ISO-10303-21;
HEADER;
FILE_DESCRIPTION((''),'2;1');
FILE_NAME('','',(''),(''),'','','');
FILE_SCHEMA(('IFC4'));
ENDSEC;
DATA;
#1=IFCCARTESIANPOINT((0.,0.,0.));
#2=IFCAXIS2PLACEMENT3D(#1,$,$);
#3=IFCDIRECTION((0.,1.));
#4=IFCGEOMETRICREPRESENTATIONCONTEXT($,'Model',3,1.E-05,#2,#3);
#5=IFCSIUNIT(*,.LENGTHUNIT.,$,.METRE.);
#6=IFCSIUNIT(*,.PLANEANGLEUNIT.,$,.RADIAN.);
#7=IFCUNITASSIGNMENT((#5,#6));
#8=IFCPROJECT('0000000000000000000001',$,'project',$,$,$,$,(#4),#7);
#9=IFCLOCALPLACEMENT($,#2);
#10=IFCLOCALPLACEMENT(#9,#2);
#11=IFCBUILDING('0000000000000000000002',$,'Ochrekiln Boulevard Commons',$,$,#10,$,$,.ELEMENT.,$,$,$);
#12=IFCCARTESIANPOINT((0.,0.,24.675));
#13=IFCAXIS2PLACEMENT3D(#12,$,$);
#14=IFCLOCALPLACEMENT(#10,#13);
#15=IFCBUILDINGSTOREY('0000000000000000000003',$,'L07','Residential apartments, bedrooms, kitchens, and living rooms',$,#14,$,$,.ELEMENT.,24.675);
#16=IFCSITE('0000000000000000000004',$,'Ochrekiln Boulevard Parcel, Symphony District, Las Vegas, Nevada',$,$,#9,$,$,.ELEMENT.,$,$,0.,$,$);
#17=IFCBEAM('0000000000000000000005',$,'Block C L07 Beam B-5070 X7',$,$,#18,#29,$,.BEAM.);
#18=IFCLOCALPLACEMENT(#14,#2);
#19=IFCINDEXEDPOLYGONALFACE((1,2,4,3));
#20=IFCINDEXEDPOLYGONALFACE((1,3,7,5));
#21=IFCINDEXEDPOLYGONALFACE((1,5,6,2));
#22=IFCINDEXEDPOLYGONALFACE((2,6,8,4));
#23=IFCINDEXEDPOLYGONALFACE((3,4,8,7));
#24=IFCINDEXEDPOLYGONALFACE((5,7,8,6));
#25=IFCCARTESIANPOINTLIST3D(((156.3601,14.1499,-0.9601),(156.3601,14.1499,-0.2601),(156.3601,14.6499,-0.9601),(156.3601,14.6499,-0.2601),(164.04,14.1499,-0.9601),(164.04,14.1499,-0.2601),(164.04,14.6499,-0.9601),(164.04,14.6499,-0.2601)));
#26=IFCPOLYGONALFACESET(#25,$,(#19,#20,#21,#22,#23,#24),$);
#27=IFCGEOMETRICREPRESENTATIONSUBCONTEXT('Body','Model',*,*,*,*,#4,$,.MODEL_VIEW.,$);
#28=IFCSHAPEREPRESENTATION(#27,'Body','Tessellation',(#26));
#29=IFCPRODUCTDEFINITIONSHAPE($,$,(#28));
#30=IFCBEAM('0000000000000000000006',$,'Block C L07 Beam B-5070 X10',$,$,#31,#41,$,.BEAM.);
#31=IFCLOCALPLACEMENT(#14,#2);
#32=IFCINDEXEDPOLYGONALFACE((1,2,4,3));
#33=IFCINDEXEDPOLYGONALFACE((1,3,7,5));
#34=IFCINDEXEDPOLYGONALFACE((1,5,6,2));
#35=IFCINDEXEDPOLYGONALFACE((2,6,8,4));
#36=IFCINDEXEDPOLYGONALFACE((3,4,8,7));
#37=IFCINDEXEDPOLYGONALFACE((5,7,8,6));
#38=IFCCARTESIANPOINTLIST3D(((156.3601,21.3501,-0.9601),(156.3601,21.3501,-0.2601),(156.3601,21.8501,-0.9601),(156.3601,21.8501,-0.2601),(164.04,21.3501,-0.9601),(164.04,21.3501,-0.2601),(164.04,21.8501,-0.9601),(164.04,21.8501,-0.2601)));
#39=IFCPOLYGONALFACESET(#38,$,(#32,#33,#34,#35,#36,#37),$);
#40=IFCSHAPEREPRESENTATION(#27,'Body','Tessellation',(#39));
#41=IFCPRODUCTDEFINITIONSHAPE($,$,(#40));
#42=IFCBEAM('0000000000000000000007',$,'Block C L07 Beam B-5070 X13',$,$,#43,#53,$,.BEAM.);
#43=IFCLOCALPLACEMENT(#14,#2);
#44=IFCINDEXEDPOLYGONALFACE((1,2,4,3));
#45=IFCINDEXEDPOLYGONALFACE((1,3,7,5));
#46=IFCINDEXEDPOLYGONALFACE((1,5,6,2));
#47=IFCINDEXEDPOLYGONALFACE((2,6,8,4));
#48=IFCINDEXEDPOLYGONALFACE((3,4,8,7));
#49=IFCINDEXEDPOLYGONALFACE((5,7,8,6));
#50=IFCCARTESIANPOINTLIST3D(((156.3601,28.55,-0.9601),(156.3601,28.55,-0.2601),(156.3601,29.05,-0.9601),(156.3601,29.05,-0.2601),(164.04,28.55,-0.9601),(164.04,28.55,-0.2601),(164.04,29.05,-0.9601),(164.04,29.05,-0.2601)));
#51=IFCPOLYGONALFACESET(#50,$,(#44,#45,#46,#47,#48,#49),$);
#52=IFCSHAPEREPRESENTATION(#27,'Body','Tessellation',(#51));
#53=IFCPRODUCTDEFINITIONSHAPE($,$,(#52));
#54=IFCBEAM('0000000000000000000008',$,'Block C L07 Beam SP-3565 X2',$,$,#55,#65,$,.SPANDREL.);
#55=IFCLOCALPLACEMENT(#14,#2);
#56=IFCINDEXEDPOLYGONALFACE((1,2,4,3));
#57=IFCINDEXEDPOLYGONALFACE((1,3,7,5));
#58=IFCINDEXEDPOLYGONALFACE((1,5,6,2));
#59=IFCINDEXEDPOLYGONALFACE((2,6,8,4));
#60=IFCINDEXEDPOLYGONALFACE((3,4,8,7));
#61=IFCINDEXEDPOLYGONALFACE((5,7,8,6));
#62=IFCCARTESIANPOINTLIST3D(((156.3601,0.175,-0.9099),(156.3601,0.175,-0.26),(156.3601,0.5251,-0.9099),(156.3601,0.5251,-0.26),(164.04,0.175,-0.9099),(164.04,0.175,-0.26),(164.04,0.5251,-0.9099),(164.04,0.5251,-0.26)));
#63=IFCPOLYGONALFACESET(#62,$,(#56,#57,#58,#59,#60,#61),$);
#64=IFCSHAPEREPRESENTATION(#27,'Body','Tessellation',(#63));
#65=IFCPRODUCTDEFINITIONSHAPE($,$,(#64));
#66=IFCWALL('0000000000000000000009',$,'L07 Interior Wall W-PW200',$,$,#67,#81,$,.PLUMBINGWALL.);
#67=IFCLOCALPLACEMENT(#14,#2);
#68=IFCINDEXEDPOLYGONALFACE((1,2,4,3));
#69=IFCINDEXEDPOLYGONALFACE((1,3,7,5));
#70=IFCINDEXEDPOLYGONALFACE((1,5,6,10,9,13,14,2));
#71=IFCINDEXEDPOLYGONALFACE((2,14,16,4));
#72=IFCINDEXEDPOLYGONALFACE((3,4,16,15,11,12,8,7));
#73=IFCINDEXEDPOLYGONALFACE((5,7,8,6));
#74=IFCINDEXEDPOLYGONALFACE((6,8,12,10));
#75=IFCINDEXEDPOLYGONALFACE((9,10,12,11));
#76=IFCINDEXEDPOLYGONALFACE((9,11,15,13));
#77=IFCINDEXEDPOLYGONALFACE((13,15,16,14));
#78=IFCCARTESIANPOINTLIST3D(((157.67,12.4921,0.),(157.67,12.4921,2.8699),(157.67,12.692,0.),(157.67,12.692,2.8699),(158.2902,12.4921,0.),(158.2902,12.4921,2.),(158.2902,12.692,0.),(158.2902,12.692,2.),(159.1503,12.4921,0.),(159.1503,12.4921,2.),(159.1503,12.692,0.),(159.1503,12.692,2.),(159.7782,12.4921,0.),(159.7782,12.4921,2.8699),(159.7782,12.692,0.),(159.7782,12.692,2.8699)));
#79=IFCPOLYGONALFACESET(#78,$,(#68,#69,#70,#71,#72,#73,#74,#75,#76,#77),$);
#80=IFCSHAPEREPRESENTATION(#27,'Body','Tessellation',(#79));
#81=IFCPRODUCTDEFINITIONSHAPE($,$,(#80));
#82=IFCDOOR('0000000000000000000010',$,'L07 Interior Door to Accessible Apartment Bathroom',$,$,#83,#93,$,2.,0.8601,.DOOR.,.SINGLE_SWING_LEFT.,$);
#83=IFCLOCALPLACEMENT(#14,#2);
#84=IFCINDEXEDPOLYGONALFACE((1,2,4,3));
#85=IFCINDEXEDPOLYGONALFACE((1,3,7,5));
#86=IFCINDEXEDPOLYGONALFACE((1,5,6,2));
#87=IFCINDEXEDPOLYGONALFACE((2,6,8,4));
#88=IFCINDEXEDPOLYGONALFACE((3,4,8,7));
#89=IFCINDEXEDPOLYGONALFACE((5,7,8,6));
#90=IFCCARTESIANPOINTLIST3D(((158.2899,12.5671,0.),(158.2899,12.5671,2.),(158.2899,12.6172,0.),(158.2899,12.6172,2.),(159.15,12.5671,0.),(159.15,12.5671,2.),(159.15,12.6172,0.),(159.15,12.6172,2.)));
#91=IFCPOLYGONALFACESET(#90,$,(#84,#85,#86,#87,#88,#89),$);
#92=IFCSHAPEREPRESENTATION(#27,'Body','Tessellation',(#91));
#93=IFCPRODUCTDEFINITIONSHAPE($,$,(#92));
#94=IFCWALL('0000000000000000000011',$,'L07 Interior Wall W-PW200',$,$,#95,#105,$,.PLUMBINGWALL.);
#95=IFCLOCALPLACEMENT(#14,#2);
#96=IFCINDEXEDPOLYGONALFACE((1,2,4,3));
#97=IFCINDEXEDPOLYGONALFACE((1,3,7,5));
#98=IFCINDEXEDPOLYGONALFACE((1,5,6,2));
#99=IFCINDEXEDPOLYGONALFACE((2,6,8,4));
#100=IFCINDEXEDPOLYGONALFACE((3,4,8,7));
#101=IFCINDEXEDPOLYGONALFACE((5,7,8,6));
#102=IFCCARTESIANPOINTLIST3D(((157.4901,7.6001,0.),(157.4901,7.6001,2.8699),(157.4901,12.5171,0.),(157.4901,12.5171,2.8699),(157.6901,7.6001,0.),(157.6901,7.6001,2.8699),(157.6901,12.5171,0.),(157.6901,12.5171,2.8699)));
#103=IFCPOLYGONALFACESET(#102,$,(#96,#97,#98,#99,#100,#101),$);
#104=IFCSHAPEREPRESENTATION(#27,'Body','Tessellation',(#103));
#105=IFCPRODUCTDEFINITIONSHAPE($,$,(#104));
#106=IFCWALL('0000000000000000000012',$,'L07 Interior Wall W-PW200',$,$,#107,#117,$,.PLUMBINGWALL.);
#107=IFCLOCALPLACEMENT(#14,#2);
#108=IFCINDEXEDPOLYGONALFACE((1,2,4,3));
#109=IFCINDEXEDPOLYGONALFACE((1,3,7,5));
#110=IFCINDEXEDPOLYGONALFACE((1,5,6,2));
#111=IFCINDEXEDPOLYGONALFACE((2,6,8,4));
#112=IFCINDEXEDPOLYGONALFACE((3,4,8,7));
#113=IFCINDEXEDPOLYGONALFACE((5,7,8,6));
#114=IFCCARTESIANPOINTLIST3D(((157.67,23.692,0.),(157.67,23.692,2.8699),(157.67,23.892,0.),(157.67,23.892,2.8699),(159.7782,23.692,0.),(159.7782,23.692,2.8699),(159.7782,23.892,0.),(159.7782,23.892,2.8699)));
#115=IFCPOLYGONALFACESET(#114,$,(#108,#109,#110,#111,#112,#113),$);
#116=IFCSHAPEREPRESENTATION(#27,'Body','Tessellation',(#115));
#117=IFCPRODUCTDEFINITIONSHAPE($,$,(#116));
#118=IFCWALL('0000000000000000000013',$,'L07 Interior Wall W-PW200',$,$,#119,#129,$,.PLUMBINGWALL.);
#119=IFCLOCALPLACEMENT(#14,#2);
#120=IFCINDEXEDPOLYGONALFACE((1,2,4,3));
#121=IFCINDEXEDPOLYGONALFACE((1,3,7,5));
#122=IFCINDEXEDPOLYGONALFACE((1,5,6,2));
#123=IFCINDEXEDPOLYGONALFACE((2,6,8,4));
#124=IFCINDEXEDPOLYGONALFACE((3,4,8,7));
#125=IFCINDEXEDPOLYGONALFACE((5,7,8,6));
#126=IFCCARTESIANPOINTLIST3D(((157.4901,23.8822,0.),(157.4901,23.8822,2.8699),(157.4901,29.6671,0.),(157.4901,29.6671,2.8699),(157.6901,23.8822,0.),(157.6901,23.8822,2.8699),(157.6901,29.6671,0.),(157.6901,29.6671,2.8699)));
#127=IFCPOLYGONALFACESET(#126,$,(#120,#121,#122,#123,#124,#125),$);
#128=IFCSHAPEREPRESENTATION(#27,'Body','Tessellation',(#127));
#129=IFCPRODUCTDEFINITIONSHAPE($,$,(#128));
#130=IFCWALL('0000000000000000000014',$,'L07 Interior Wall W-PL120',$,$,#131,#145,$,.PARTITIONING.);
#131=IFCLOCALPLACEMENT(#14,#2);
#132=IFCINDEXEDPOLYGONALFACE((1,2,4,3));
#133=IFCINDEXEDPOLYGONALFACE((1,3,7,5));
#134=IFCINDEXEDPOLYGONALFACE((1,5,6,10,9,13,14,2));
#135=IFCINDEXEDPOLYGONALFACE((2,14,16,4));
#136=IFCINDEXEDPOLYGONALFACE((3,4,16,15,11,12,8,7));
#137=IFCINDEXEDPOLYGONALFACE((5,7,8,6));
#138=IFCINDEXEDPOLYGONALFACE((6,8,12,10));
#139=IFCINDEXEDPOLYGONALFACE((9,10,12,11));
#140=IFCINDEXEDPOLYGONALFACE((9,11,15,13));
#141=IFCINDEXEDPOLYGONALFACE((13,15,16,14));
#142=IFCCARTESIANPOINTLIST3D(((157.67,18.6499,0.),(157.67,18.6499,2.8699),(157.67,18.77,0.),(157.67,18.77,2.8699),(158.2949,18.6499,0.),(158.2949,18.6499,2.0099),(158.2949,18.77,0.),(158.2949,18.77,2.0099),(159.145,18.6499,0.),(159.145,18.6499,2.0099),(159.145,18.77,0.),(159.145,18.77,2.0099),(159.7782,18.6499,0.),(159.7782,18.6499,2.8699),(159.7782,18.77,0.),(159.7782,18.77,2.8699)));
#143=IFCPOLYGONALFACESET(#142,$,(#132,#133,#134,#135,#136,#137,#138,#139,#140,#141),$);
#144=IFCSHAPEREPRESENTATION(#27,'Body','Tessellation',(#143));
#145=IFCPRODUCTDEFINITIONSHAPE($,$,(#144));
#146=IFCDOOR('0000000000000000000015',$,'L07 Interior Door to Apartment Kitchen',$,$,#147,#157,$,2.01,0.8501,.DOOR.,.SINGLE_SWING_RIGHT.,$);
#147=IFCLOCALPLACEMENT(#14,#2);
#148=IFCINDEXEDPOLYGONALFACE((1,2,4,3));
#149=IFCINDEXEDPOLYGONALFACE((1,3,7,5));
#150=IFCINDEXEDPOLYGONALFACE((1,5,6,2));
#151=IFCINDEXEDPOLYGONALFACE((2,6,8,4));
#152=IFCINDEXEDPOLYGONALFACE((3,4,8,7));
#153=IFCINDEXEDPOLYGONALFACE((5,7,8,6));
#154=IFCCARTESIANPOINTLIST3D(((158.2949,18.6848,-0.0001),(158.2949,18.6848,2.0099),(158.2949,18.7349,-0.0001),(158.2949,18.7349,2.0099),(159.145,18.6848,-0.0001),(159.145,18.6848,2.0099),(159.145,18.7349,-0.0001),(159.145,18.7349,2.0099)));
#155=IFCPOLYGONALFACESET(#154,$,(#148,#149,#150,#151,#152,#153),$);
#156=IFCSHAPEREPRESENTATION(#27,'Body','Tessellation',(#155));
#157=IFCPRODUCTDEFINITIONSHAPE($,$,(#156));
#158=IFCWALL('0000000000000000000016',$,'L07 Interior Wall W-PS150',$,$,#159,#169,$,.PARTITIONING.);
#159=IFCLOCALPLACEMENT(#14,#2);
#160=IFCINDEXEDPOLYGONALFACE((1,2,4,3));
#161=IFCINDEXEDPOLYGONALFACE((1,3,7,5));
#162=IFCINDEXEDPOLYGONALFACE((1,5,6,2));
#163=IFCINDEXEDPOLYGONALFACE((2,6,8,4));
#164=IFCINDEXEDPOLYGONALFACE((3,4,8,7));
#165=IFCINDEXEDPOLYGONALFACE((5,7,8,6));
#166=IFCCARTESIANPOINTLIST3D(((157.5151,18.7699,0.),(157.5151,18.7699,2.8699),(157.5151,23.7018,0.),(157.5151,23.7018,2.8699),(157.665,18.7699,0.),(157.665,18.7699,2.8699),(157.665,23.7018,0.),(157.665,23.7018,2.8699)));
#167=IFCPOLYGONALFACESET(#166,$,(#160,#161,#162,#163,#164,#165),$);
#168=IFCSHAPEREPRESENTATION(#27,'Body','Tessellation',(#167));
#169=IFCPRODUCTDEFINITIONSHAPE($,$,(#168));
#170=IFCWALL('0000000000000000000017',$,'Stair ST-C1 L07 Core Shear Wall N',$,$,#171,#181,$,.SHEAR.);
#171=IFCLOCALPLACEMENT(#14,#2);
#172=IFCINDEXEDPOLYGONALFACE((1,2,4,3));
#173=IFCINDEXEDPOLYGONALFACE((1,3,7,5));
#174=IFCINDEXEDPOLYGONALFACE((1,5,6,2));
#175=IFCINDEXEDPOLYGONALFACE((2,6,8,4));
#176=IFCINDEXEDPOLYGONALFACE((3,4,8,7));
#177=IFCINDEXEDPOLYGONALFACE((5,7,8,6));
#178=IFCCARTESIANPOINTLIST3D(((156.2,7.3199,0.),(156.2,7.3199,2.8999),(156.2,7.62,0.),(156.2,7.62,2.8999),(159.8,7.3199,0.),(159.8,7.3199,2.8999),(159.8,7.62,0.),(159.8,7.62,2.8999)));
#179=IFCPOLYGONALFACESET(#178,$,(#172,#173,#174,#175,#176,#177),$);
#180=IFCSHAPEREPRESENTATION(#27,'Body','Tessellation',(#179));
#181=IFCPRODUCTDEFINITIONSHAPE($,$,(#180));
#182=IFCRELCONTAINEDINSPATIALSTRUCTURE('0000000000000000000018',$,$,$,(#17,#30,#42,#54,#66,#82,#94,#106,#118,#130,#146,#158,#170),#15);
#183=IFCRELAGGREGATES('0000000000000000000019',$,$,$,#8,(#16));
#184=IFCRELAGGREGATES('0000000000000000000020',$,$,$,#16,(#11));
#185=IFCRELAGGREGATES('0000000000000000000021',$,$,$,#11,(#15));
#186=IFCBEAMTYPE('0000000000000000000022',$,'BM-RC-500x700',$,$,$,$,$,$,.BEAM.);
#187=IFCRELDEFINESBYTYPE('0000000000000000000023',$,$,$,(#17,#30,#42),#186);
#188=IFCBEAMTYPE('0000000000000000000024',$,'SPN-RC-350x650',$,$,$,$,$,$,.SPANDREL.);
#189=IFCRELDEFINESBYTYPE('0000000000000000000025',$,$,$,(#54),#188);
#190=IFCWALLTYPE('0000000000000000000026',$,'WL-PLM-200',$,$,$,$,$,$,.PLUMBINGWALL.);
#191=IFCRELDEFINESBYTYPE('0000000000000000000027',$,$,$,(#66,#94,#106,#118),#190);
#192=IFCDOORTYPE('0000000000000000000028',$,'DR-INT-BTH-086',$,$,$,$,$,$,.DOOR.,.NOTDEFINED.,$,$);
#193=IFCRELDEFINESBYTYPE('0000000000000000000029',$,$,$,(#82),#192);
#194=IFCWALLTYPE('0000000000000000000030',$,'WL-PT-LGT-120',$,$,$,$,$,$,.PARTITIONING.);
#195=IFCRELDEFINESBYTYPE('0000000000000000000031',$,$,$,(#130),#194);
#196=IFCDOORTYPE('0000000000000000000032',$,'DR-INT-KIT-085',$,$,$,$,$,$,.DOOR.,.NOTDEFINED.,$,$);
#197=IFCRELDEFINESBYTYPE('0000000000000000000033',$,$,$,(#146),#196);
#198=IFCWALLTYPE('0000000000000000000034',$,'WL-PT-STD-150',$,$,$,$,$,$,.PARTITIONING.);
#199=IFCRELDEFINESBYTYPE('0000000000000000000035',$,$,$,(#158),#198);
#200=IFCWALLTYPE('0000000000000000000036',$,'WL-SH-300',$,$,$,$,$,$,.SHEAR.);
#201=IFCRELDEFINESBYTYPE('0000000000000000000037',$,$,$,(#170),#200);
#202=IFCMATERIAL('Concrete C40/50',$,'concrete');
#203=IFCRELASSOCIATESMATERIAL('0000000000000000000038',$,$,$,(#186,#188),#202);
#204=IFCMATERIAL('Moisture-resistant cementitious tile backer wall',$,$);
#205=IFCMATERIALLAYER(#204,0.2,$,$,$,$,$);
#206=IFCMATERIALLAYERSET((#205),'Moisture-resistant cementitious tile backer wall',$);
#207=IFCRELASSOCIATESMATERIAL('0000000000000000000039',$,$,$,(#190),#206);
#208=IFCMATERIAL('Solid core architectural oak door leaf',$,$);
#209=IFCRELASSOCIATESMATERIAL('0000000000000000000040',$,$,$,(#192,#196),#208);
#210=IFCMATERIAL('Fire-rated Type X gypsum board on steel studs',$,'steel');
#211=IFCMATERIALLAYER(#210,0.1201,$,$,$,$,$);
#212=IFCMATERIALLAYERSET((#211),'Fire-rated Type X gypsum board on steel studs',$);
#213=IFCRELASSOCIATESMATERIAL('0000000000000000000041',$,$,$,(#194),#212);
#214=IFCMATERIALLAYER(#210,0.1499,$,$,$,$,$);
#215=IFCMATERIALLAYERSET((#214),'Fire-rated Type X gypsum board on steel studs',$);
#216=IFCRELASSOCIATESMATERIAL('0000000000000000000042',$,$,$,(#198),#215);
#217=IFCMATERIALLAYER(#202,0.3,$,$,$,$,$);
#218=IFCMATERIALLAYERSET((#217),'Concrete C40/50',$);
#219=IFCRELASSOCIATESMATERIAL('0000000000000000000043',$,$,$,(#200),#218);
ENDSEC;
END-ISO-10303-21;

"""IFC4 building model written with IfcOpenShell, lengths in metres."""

from ifc_helpers import new_model, si_unit, direction, frame, frame_2d, origin, origin_2d, place, context, subcontext, project, spatial, rectangle, extrude, material, layer, layer_set, material_profile, profile_set, type_object, element, fill, save


model = new_model("IFC4")

# Units and contexts
model_context = context("Model", 3, precision=1e-05, world=origin(), true_north=direction((0.0, 1.0)))
body_context = subcontext(model_context, "Body", "Model", "MODEL_VIEW")
ifc_project = project(units=[si_unit("LENGTHUNIT", "METRE"), si_unit("PLANEANGLEUNIT", "RADIAN")], contexts=[model_context])

# Site, building, storey
site_placement = place(None, origin())
site = spatial("IfcSite", under=ifc_project, at=site_placement, Name="Ochrekiln Boulevard Parcel, Symphony District, Las Vegas, Nevada", CompositionType="ELEMENT", RefElevation=0.0)
building_placement = place(site_placement, origin())
building = spatial("IfcBuilding", under=site, at=building_placement, Name="Ochrekiln Boulevard Commons", CompositionType="ELEMENT")
storey_placement = place(building_placement, frame((0.0, 0.0, 24.675)))
storey = spatial("IfcBuildingStorey", under=building, at=storey_placement, Name="L07", Description="Residential apartments, bedrooms, kitchens, and living rooms", CompositionType="ELEMENT", Elevation=24.675)

# Beams
ifc_material_1 = material(Name="Concrete C40/50", Category="concrete")
ifc_material_profile_1 = material_profile(ifc_material_1, rectangle(XDim=0.5, YDim=0.7, at=origin_2d()), Name="RC-BM-500x700")
ifc_profile_set_1 = profile_set([ifc_material_profile_1], Name="Concrete C40/50")
beam_type_1 = type_object("IfcBeamType", Name="BM-RC-500x700", PredefinedType="BEAM", material=ifc_profile_set_1)
for number, where, z_axis, x_axis, name in (
    (1, (156.3601, 14.3999, -0.6101), (1.0, 0.0, 0.0), (0.0, 1.0, 0.0), "Block C L07 Beam B-5070 X7"),
    (2, (156.3601, 21.6001, -0.6101), (1.0, 0.0, 0.0), (0.0, 1.0, 0.0), "Block C L07 Beam B-5070 X10"),
    (3, (156.3601, 28.8, -0.6101), (1.0, 0.0, 0.0), (0.0, 1.0, 0.0), "Block C L07 Beam B-5070 X13"),
):
    element("IfcBeam", number, at=place(storey_placement, frame(where, z_axis=z_axis, x_axis=x_axis)), inside=storey, type_object=beam_type_1, Name=name, PredefinedType="BEAM", context=body_context, shape_type="SweptSolid", body=[
        extrude(rectangle(XDim=0.5, YDim=0.7, at=origin_2d()), origin(), (0.0, 0.0, 1.0), 7.6799),
    ])
ifc_material_profile_2 = material_profile(ifc_material_1, rectangle(XDim=0.3501, YDim=0.6499, at=origin_2d()), Name="RC-SPN-350x650")
ifc_profile_set_2 = profile_set([ifc_material_profile_2], Name="Concrete C40/50")
beam_type_2 = type_object("IfcBeamType", Name="SPN-RC-350x650", PredefinedType="SPANDREL", material=ifc_profile_set_2)
beam_placement = place(storey_placement, frame((156.3601, 0.3501, -0.585), z_axis=(1.0, 0.0, 0.0), x_axis=(0.0, 1.0, 0.0)))
element("IfcBeam", 4, at=beam_placement, inside=storey, type_object=beam_type_2, Name="Block C L07 Beam SP-3565 X2", PredefinedType="SPANDREL", context=body_context, shape_type="SweptSolid", body=[
    extrude(rectangle(XDim=0.3501, YDim=0.6499, at=origin_2d()), origin(), (0.0, 0.0, 1.0), 7.6799),
])

# Wall, opening, door
ifc_material_2 = material(Name="Moisture-resistant cementitious tile backer wall")
ifc_layer_1 = layer(ifc_material_2, 0.2)
ifc_layer_set_1 = layer_set([ifc_layer_1], Name="Moisture-resistant cementitious tile backer wall")
wall_type_1 = type_object("IfcWallType", Name="WL-PLM-200", PredefinedType="PLUMBINGWALL", material=ifc_layer_set_1)
wall_1_placement = place(storey_placement, frame((157.6699, 12.592, 0.0), z_axis=(0.0, 0.0, 1.0), x_axis=(1.0, 0.0, 0.0)))
wall_1 = element("IfcWall", 5, at=wall_1_placement, inside=storey, type_object=wall_type_1, Name="L07 Interior Wall W-PW200", PredefinedType="PLUMBINGWALL", context=body_context, shape_type="SweptSolid", body=[
    extrude(rectangle(XDim=2.1082, YDim=0.2, at=frame_2d((1.0542, 0.0))), origin(), (0.0, 0.0, 1.0), 2.8699),
])
opening_1_placement = place(wall_1_placement, frame((0.6201, 0.0, 0.0)))
opening_1 = element("IfcOpeningElement", 6, at=opening_1_placement, cuts=wall_1, PredefinedType="OPENING", context=body_context, shape_type="SweptSolid", body=[
    extrude(rectangle(XDim=0.8601, YDim=2.0, at=frame_2d((0.4302, 1.0))), frame((0.0, 0.1099, 0.0), z_axis=(0.0, -1.0, 0.0), x_axis=(1.0, 0.0, 0.0)), (0.0, 0.0, 1.0), 0.22),
])
ifc_material_3 = material(Name="Solid core architectural oak door leaf")
door_type_1 = type_object("IfcDoorType", Name="DR-INT-BTH-086", OperationType="NOTDEFINED", PredefinedType="DOOR", material=ifc_material_3)
door_1_placement = place(opening_1_placement, frame((0.8601, 0.0, 0.0), z_axis=(0.0, 0.0, 1.0), x_axis=(-1.0, 0.0, 0.0)))
door_1 = element("IfcDoor", 7, at=door_1_placement, inside=storey, type_object=door_type_1, Name="L07 Interior Door to Accessible Apartment Bathroom", OperationType="SINGLE_SWING_LEFT", OverallHeight=2.0, OverallWidth=0.8601, PredefinedType="DOOR", context=body_context, shape_type="SweptSolid", body=[
    extrude(rectangle(XDim=0.8601, YDim=2.0, at=frame_2d((0.4302, 1.0))), frame((0.0, 0.0249, 0.0), z_axis=(0.0, -1.0, 0.0), x_axis=(1.0, 0.0, 0.0)), (0.0, 0.0, 1.0), 0.05),
])
fill(opening_1, door_1)

# Walls
wall_2_placement = place(storey_placement, frame((157.5901, 7.6001, 0.0), z_axis=(0.0, 0.0, 1.0), x_axis=(0.0, 1.0, 0.0)))
element("IfcWall", 8, at=wall_2_placement, inside=storey, type_object=wall_type_1, Name="L07 Interior Wall W-PW200", PredefinedType="PLUMBINGWALL", context=body_context, shape_type="SweptSolid", body=[
    extrude(rectangle(XDim=4.917, YDim=0.2, at=frame_2d((2.4585, 0.0))), origin(), (0.0, 0.0, 1.0), 2.8699),
])
wall_3_placement = place(storey_placement, frame((157.6699, 23.792, 0.0), z_axis=(0.0, 0.0, 1.0), x_axis=(1.0, 0.0, 0.0)))
element("IfcWall", 9, at=wall_3_placement, inside=storey, type_object=wall_type_1, Name="L07 Interior Wall W-PW200", PredefinedType="PLUMBINGWALL", context=body_context, shape_type="SweptSolid", body=[
    extrude(rectangle(XDim=2.1082, YDim=0.2, at=frame_2d((1.0542, 0.0))), origin(), (0.0, 0.0, 1.0), 2.8699),
])
wall_4_placement = place(storey_placement, frame((157.5901, 23.8821, 0.0), z_axis=(0.0, 0.0, 1.0), x_axis=(0.0, 1.0, 0.0)))
element("IfcWall", 10, at=wall_4_placement, inside=storey, type_object=wall_type_1, Name="L07 Interior Wall W-PW200", PredefinedType="PLUMBINGWALL", context=body_context, shape_type="SweptSolid", body=[
    extrude(rectangle(XDim=5.7849, YDim=0.2, at=frame_2d((2.8926, 0.0))), origin(), (0.0, 0.0, 1.0), 2.8699),
])

# Wall, opening, door
ifc_material_4 = material(Name="Fire-rated Type X gypsum board on steel studs", Category="steel")
ifc_layer_2 = layer(ifc_material_4, 0.1201)
ifc_layer_set_2 = layer_set([ifc_layer_2], Name="Fire-rated Type X gypsum board on steel studs")
wall_type_2 = type_object("IfcWallType", Name="WL-PT-LGT-120", PredefinedType="PARTITIONING", material=ifc_layer_set_2)
wall_5_placement = place(storey_placement, frame((157.6699, 18.71, 0.0), z_axis=(0.0, 0.0, 1.0), x_axis=(1.0, 0.0, 0.0)))
wall_5 = element("IfcWall", 11, at=wall_5_placement, inside=storey, type_object=wall_type_2, Name="L07 Interior Wall W-PL120", PredefinedType="PARTITIONING", context=body_context, shape_type="SweptSolid", body=[
    extrude(rectangle(XDim=2.1082, YDim=0.1201, at=frame_2d((1.0542, 0.0))), origin(), (0.0, 0.0, 1.0), 2.8699),
])
opening_2_placement = place(wall_5_placement, frame((0.625, 0.0, 0.0)))
opening_2 = element("IfcOpeningElement", 12, at=opening_2_placement, cuts=wall_5, PredefinedType="OPENING", context=body_context, shape_type="SweptSolid", body=[
    extrude(rectangle(XDim=0.8501, YDim=2.01, at=frame_2d((0.425, 1.0049))), frame((0.0, 0.0701, 0.0), z_axis=(0.0, -1.0, 0.0), x_axis=(1.0, 0.0, 0.0)), (0.0, 0.0, 1.0), 0.1401),
])
door_type_2 = type_object("IfcDoorType", Name="DR-INT-KIT-085", OperationType="NOTDEFINED", PredefinedType="DOOR", material=ifc_material_3)
door_2_placement = place(opening_2_placement, origin())
door_2 = element("IfcDoor", 13, at=door_2_placement, inside=storey, type_object=door_type_2, Name="L07 Interior Door to Apartment Kitchen", OperationType="SINGLE_SWING_RIGHT", OverallHeight=2.01, OverallWidth=0.8501, PredefinedType="DOOR", context=body_context, shape_type="SweptSolid", body=[
    extrude(rectangle(XDim=0.8501, YDim=2.01, at=frame_2d((0.425, 1.0049))), frame((0.0, 0.0249, 0.0), z_axis=(0.0, -1.0, 0.0), x_axis=(1.0, 0.0, 0.0)), (0.0, 0.0, 1.0), 0.05),
])
fill(opening_2, door_2)

# Walls
ifc_layer_3 = layer(ifc_material_4, 0.1499)
ifc_layer_set_3 = layer_set([ifc_layer_3], Name="Fire-rated Type X gypsum board on steel studs")
wall_type_3 = type_object("IfcWallType", Name="WL-PT-STD-150", PredefinedType="PARTITIONING", material=ifc_layer_set_3)
wall_6_placement = place(storey_placement, frame((157.5901, 18.77, 0.0), z_axis=(0.0, 0.0, 1.0), x_axis=(0.0, 1.0, 0.0)))
element("IfcWall", 14, at=wall_6_placement, inside=storey, type_object=wall_type_3, Name="L07 Interior Wall W-PS150", PredefinedType="PARTITIONING", context=body_context, shape_type="SweptSolid", body=[
    extrude(rectangle(XDim=4.9319, YDim=0.1499, at=frame_2d((2.4658, 0.0))), origin(), (0.0, 0.0, 1.0), 2.8699),
])
ifc_layer_4 = layer(ifc_material_1, 0.3)
ifc_layer_set_4 = layer_set([ifc_layer_4], Name="Concrete C40/50")
wall_type_4 = type_object("IfcWallType", Name="WL-SH-300", PredefinedType="SHEAR", material=ifc_layer_set_4)
wall_7_placement = place(storey_placement, frame((156.2, 7.47, 0.0), z_axis=(0.0, 0.0, 1.0), x_axis=(1.0, 0.0, 0.0)))
element("IfcWall", 15, at=wall_7_placement, inside=storey, type_object=wall_type_4, Name="Stair ST-C1 L07 Core Shear Wall N", PredefinedType="SHEAR", context=body_context, shape_type="SweptSolid", body=[
    extrude(rectangle(XDim=3.6001, YDim=0.3, at=frame_2d((1.8, 0.0))), origin(), (0.0, 0.0, 1.0), 2.8999),
])

save(model, "model.ifc")
